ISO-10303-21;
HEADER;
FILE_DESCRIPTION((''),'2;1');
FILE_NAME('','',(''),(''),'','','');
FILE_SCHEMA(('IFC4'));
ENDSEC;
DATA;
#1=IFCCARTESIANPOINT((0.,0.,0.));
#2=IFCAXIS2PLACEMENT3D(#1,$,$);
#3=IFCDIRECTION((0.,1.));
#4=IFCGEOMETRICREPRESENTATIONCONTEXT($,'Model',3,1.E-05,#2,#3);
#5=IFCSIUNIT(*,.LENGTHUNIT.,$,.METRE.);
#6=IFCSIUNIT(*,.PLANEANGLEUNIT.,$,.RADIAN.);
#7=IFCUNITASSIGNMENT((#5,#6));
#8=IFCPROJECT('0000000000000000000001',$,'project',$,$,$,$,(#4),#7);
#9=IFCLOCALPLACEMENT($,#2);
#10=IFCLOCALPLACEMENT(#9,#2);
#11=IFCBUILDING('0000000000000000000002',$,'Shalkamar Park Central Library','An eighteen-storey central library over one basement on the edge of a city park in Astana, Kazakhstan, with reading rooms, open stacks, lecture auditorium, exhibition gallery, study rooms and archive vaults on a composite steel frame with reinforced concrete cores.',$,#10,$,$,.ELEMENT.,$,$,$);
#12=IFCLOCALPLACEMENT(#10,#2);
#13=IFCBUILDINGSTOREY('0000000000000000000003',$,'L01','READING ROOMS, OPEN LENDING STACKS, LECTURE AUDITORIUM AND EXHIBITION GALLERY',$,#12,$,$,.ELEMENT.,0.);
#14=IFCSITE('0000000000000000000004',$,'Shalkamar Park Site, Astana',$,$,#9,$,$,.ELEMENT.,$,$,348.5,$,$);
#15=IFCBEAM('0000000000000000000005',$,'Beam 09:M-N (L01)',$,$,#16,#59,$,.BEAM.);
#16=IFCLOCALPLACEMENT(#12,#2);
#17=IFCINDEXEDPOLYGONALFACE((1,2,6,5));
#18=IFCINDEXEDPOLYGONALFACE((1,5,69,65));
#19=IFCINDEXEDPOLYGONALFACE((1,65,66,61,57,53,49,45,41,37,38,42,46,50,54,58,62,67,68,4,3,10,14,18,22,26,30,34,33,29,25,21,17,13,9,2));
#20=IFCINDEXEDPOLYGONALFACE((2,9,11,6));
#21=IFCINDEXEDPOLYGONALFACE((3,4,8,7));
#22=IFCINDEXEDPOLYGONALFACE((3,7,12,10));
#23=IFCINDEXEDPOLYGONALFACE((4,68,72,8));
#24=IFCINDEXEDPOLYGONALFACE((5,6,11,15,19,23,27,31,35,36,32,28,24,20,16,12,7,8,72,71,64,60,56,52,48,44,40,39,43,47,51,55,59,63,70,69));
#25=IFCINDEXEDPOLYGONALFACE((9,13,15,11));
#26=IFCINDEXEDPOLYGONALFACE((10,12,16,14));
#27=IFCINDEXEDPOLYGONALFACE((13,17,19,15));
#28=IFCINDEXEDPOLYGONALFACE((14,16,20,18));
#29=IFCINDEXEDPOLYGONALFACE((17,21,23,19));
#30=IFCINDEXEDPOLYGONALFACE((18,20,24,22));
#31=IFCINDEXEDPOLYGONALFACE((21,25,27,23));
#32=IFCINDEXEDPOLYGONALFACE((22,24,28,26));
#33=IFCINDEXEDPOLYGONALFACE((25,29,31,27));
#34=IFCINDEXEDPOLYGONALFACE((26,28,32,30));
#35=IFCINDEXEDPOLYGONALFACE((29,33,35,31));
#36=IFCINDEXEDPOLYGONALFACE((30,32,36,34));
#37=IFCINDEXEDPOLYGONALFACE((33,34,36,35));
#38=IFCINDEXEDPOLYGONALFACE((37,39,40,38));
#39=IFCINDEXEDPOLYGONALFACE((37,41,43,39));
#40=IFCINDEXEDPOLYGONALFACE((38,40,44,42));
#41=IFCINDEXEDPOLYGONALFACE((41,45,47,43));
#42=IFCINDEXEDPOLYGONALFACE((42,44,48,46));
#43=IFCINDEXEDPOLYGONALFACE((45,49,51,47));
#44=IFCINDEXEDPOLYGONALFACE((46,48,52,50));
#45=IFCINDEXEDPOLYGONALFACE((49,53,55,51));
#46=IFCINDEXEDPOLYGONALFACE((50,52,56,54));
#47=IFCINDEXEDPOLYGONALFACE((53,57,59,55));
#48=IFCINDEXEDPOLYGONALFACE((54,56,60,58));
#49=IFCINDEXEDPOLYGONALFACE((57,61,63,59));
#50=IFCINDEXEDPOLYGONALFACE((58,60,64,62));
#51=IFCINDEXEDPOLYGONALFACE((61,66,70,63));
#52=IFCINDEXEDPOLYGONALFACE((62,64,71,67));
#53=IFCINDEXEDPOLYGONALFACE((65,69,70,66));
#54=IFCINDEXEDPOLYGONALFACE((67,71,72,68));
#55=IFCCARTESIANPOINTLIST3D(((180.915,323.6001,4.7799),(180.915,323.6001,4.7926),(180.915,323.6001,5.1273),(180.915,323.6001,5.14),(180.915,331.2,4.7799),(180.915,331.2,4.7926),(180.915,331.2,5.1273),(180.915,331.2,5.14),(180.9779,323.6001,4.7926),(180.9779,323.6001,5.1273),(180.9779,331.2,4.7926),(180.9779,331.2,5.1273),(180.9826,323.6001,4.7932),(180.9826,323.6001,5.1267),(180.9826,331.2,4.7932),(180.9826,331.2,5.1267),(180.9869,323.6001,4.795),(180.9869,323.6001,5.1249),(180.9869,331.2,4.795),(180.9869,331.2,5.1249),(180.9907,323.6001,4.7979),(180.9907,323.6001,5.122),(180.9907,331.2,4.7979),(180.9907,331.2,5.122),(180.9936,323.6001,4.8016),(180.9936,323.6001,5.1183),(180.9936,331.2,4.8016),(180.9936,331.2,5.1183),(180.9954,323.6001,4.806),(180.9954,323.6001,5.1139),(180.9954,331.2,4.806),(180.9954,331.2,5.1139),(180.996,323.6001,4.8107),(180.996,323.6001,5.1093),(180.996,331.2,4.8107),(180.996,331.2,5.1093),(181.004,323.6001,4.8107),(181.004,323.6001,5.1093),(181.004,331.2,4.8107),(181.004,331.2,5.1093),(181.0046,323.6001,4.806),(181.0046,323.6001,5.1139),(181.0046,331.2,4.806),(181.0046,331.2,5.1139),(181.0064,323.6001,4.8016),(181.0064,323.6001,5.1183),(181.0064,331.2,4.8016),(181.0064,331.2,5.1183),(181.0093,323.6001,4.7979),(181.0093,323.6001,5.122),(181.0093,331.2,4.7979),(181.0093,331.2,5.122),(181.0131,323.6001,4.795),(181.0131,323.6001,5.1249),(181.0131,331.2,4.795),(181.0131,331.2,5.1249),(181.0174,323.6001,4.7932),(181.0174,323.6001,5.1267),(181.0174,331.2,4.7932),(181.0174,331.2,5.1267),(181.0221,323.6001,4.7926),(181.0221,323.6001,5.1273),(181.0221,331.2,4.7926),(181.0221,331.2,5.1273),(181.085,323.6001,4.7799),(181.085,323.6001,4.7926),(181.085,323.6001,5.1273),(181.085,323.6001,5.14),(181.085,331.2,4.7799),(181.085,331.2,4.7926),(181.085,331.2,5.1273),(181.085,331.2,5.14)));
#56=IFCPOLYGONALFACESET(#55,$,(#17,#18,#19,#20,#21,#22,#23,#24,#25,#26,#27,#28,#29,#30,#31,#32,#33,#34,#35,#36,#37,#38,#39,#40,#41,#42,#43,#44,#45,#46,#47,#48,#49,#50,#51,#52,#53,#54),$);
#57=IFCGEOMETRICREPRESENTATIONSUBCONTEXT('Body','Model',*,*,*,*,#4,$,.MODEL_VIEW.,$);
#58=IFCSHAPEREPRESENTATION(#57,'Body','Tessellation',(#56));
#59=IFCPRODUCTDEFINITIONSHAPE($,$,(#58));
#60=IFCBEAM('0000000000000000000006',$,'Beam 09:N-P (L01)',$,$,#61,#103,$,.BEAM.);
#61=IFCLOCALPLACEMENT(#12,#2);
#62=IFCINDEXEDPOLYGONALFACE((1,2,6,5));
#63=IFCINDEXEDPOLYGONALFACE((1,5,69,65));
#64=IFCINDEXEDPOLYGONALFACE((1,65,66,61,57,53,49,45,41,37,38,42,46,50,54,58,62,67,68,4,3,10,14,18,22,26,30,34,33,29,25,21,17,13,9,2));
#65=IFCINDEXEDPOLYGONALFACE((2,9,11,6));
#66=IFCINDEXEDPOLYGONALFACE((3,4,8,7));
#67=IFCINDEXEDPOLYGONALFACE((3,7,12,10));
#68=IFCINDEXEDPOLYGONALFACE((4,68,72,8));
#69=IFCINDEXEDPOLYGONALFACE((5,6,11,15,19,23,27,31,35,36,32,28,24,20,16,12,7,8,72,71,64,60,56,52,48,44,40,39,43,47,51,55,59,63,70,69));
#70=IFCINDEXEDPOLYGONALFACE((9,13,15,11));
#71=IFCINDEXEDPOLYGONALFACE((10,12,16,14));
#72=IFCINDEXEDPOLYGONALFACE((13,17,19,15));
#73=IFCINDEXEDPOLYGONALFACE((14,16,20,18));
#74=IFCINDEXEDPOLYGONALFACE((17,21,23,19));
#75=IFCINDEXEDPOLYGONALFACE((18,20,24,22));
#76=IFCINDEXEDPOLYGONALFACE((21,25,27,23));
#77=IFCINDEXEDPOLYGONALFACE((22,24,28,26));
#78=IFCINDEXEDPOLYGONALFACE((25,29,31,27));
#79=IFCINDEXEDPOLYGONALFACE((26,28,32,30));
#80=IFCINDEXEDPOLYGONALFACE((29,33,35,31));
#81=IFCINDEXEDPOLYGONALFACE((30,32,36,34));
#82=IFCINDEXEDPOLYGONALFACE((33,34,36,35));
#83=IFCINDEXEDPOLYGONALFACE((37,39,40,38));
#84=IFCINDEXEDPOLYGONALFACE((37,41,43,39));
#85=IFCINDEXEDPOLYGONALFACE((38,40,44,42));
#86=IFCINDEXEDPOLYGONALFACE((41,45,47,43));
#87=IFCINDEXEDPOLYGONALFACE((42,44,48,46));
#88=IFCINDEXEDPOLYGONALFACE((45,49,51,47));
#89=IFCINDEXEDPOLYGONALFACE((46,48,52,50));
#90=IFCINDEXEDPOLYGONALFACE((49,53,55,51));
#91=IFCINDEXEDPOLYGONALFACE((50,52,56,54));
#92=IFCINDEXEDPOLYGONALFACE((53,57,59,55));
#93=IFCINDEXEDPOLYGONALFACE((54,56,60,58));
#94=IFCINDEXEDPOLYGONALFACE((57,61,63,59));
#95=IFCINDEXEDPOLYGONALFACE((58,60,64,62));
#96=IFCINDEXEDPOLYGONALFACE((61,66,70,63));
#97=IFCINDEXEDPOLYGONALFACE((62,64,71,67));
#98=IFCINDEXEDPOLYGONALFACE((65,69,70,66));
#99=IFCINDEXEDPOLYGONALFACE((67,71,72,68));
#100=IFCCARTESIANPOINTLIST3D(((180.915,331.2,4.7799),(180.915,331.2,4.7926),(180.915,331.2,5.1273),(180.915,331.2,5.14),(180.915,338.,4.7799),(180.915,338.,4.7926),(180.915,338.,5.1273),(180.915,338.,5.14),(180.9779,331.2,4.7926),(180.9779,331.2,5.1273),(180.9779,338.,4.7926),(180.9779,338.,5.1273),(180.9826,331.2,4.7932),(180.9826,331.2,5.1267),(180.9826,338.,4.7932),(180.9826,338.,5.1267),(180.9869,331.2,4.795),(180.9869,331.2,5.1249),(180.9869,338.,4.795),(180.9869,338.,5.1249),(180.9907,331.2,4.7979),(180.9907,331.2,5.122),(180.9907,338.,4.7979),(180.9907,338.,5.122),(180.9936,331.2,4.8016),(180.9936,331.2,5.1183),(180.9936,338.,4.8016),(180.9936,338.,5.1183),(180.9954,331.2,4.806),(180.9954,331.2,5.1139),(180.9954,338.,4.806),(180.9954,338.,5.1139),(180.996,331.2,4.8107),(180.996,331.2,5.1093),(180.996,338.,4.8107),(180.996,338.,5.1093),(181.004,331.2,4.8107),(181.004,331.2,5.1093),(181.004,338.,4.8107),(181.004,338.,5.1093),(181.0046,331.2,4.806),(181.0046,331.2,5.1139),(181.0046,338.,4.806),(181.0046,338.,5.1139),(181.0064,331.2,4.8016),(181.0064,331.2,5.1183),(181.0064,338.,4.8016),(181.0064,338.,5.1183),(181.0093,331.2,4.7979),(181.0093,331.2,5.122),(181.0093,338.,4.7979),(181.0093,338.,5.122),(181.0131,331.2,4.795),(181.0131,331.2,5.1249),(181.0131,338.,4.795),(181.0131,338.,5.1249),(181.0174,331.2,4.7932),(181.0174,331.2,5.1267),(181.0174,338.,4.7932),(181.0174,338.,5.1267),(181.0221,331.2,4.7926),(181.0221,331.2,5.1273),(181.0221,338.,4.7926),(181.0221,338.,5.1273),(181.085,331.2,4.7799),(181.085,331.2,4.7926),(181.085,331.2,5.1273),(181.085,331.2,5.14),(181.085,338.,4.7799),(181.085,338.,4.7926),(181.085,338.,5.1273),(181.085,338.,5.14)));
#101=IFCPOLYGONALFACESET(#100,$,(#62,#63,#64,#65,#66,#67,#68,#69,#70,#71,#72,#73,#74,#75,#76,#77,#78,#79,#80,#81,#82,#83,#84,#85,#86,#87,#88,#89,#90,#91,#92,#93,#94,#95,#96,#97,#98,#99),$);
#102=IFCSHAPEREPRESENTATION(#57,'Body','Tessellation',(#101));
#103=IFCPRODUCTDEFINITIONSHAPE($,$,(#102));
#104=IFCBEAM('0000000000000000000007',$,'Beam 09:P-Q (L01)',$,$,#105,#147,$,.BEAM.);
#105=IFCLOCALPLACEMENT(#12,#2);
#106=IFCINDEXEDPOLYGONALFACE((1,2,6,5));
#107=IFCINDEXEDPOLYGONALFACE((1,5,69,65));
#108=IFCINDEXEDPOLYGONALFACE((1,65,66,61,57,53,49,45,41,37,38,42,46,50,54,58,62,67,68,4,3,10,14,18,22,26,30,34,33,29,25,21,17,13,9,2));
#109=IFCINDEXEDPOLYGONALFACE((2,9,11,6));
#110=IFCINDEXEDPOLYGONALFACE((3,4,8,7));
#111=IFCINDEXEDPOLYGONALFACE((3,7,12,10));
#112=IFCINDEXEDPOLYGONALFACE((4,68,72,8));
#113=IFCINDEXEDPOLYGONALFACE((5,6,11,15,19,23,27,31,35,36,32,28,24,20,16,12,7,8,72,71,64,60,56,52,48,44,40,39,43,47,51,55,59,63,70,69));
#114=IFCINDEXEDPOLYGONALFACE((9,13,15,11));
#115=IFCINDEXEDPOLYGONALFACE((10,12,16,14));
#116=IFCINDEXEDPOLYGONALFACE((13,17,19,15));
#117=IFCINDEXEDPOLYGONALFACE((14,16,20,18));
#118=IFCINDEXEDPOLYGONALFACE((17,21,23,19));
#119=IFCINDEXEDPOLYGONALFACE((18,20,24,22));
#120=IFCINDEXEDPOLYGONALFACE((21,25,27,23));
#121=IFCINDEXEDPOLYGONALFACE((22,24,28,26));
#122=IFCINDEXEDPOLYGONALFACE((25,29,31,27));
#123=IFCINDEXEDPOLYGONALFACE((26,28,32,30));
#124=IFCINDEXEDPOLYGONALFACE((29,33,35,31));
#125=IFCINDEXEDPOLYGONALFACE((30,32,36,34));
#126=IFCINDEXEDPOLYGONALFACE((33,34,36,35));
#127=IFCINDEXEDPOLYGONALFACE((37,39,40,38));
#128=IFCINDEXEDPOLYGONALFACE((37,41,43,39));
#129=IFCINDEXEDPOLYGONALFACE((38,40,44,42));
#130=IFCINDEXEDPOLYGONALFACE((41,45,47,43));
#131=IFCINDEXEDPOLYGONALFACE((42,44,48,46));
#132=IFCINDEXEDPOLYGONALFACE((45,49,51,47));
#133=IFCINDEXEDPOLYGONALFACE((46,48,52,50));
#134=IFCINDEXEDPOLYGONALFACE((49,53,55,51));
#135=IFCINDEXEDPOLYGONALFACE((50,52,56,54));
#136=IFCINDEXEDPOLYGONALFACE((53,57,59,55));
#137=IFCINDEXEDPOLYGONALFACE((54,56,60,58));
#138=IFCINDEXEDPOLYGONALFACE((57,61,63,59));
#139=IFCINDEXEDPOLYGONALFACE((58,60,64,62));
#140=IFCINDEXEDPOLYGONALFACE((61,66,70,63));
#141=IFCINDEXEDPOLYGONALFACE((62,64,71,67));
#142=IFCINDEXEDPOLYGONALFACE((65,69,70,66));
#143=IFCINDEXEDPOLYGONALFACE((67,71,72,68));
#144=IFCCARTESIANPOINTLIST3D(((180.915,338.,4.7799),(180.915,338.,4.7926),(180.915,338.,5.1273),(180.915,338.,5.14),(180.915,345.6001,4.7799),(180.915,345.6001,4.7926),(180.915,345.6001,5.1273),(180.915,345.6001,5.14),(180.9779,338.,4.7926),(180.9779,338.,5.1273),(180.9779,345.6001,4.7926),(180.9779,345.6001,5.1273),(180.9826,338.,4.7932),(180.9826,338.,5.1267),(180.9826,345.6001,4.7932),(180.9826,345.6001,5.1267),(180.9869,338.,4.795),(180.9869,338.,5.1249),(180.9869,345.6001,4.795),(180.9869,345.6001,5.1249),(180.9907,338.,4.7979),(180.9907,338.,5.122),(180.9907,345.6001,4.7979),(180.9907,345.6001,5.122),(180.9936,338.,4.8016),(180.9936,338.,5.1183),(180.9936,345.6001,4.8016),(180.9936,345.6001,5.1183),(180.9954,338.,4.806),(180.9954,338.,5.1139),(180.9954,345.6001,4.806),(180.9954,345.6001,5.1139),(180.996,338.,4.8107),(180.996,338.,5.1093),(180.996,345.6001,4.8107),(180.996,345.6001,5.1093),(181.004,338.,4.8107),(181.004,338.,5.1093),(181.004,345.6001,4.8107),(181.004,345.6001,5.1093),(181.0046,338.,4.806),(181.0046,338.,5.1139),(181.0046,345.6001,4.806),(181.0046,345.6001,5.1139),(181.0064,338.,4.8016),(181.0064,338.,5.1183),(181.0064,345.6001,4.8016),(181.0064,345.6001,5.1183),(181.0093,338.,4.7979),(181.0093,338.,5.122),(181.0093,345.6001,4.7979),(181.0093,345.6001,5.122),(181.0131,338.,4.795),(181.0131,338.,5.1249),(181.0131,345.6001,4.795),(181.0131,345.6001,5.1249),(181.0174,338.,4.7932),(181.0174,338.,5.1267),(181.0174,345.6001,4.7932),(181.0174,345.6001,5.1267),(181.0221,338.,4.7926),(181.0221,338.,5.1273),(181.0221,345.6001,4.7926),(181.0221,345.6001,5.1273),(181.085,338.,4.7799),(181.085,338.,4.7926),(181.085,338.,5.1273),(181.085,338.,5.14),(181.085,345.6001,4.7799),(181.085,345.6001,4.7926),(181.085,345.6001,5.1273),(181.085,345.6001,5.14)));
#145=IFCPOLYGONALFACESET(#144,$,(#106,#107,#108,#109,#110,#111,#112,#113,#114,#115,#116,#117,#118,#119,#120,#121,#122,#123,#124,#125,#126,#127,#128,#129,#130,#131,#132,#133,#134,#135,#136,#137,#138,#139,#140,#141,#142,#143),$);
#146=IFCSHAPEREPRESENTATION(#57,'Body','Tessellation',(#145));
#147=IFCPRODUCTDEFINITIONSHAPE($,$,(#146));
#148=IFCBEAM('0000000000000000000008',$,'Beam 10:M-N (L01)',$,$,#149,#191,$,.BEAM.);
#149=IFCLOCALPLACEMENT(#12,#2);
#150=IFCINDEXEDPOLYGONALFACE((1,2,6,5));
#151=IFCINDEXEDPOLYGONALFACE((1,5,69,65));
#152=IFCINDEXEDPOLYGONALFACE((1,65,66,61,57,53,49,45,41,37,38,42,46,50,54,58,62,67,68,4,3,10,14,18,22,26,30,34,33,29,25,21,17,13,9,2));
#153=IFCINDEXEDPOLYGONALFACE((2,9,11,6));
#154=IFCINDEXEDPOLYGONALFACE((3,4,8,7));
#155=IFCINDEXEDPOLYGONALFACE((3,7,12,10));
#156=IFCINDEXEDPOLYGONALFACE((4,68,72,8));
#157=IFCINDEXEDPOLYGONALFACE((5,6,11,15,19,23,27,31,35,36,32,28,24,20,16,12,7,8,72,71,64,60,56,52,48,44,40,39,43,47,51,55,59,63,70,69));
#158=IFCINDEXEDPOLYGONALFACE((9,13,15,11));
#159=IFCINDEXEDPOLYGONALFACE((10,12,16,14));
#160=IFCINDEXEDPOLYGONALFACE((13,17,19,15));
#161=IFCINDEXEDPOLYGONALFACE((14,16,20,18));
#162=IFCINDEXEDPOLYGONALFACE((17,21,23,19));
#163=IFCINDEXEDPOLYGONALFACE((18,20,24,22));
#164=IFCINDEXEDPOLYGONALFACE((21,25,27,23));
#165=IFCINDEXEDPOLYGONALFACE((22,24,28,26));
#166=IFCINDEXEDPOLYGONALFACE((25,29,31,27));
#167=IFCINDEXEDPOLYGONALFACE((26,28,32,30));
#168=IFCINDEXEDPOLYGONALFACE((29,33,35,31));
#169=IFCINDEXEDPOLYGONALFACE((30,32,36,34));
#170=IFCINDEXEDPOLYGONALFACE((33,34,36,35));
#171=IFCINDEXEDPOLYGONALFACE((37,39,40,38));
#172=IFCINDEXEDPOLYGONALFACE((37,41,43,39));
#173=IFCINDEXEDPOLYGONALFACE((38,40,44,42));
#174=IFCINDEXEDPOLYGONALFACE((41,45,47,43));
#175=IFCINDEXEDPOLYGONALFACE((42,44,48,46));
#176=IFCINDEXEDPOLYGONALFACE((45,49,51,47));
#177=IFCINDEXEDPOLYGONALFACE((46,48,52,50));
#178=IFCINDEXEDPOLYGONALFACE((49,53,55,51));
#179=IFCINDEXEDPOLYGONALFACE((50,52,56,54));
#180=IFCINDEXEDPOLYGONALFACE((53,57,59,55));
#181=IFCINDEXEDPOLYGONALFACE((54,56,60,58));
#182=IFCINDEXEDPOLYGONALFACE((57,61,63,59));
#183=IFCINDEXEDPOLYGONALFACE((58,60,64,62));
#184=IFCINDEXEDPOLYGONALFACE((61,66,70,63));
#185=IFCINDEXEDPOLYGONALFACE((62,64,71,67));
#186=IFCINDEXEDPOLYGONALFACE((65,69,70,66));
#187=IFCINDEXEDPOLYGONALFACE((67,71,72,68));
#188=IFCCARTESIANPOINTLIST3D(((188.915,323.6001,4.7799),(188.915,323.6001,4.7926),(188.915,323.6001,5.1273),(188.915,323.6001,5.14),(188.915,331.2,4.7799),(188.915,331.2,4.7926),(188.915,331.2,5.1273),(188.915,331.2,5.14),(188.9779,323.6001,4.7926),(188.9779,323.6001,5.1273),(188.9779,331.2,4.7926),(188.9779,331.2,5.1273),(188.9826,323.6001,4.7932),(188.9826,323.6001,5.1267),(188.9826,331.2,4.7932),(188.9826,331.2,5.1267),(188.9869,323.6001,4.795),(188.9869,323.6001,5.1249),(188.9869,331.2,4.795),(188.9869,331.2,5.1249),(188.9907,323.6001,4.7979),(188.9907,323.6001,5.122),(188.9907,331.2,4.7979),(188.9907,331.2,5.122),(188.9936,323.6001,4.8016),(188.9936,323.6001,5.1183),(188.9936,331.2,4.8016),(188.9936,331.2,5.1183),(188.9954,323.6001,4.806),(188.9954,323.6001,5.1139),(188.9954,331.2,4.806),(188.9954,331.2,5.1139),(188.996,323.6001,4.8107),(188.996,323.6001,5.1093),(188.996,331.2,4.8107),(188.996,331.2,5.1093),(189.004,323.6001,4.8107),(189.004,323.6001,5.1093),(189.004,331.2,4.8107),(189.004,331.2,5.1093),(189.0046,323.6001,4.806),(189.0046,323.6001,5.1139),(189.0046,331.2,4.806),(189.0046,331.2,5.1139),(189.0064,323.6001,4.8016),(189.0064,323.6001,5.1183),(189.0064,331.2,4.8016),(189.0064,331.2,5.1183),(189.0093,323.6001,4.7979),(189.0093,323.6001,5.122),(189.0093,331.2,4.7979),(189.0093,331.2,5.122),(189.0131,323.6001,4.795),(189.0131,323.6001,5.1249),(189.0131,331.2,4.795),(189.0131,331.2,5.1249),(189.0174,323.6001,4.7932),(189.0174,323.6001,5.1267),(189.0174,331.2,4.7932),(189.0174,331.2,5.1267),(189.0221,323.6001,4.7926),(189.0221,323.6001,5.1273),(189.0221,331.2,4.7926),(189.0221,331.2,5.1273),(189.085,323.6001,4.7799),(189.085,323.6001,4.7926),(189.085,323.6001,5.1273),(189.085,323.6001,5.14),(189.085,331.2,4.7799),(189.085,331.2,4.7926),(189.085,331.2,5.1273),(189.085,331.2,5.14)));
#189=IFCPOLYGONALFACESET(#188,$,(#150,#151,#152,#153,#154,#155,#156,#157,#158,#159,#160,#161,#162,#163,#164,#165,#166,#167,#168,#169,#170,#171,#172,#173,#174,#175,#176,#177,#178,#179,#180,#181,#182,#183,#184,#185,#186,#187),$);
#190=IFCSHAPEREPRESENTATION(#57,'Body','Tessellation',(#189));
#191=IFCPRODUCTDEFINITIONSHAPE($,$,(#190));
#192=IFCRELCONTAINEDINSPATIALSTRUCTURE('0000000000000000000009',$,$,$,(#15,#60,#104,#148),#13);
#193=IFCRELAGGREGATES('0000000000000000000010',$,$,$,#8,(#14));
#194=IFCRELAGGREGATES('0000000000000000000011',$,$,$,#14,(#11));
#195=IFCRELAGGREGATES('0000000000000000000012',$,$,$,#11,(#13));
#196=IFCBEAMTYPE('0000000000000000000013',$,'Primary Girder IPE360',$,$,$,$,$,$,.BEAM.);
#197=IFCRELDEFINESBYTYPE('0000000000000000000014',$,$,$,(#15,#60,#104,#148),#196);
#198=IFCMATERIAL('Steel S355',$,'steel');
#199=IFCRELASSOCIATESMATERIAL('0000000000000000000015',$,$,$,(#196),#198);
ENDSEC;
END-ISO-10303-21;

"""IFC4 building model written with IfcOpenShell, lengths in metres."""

from ifc_helpers import new_model, si_unit, direction, frame, origin, origin_2d, place, context, subcontext, project, spatial, i_section, extrude, material, material_profile, profile_set, type_object, element, save


model = new_model("IFC4")

# Units and contexts
model_context = context("Model", 3, precision=1e-05, world=origin(), true_north=direction((0.0, 1.0)))
body_context = subcontext(model_context, "Body", "Model", "MODEL_VIEW")
ifc_project = project(units=[si_unit("LENGTHUNIT", "METRE"), si_unit("PLANEANGLEUNIT", "RADIAN")], contexts=[model_context])

# Site, building, storey
site_placement = place(None, origin())
site = spatial("IfcSite", under=ifc_project, at=site_placement, Name="Shalkamar Park Site, Astana", CompositionType="ELEMENT", RefElevation=348.5)
building_placement = place(site_placement, origin())
building = spatial("IfcBuilding", under=site, at=building_placement, Name="Shalkamar Park Central Library", Description="An eighteen-storey central library over one basement on the edge of a city park in Astana, Kazakhstan, with reading rooms, open stacks, lecture auditorium, exhibition gallery, study rooms and archive vaults on a composite steel frame with reinforced concrete cores.", CompositionType="ELEMENT")
storey_placement = place(building_placement, origin())
storey = spatial("IfcBuildingStorey", under=building, at=storey_placement, Name="L01", Description="READING ROOMS, OPEN LENDING STACKS, LECTURE AUDITORIUM AND EXHIBITION GALLERY", CompositionType="ELEMENT", Elevation=0.0)

# Shared definitions
ifc_material_1 = material(Name="Steel S355", Category="steel")

# Beams
ifc_material_profile_1 = material_profile(ifc_material_1, i_section(OverallWidth=0.1699, OverallDepth=0.3601, WebThickness=0.0081, FlangeThickness=0.0127, FilletRadius=0.0181, at=origin_2d()), Name="IPE 360")
ifc_profile_set_1 = profile_set([ifc_material_profile_1], Name="Steel S355")
beam_type_1 = type_object("IfcBeamType", Name="Primary Girder IPE360", PredefinedType="BEAM", material=ifc_profile_set_1)
beam_1_placement = place(storey_placement, frame((181.0, 323.6001, 4.96), z_axis=(0.0, 1.0, 0.0), x_axis=(-1.0, 0.0, 0.0)))
element("IfcBeam", 1, at=beam_1_placement, inside=storey, type_object=beam_type_1, Name="Beam 09:M-N (L01)", PredefinedType="BEAM", context=body_context, shape_type="SweptSolid", body=[
    extrude(i_section(OverallWidth=0.1699, OverallDepth=0.3601, WebThickness=0.0081, FlangeThickness=0.0127, FilletRadius=0.0181, at=origin_2d()), origin(), (0.0, 0.0, 1.0), 7.5999),
])
beam_2_placement = place(storey_placement, frame((181.0, 331.2, 4.96), z_axis=(0.0, 1.0, 0.0), x_axis=(-1.0, 0.0, 0.0)))
element("IfcBeam", 2, at=beam_2_placement, inside=storey, type_object=beam_type_1, Name="Beam 09:N-P (L01)", PredefinedType="BEAM", context=body_context, shape_type="SweptSolid", body=[
    extrude(i_section(OverallWidth=0.1699, OverallDepth=0.3601, WebThickness=0.0081, FlangeThickness=0.0127, FilletRadius=0.0181, at=origin_2d()), origin(), (0.0, 0.0, 1.0), 6.8),
])
beam_3_placement = place(storey_placement, frame((181.0, 338.0, 4.96), z_axis=(0.0, 1.0, 0.0), x_axis=(-1.0, 0.0, 0.0)))
element("IfcBeam", 3, at=beam_3_placement, inside=storey, type_object=beam_type_1, Name="Beam 09:P-Q (L01)", PredefinedType="BEAM", context=body_context, shape_type="SweptSolid", body=[
    extrude(i_section(OverallWidth=0.1699, OverallDepth=0.3601, WebThickness=0.0081, FlangeThickness=0.0127, FilletRadius=0.0181, at=origin_2d()), origin(), (0.0, 0.0, 1.0), 7.6001),
])
beam_4_placement = place(storey_placement, frame((189.0, 323.6001, 4.96), z_axis=(0.0, 1.0, 0.0), x_axis=(-1.0, 0.0, 0.0)))
element("IfcBeam", 4, at=beam_4_placement, inside=storey, type_object=beam_type_1, Name="Beam 10:M-N (L01)", PredefinedType="BEAM", context=body_context, shape_type="SweptSolid", body=[
    extrude(i_section(OverallWidth=0.1699, OverallDepth=0.3601, WebThickness=0.0081, FlangeThickness=0.0127, FilletRadius=0.0181, at=origin_2d()), origin(), (0.0, 0.0, 1.0), 7.5999),
])

save(model, "model.ifc")
